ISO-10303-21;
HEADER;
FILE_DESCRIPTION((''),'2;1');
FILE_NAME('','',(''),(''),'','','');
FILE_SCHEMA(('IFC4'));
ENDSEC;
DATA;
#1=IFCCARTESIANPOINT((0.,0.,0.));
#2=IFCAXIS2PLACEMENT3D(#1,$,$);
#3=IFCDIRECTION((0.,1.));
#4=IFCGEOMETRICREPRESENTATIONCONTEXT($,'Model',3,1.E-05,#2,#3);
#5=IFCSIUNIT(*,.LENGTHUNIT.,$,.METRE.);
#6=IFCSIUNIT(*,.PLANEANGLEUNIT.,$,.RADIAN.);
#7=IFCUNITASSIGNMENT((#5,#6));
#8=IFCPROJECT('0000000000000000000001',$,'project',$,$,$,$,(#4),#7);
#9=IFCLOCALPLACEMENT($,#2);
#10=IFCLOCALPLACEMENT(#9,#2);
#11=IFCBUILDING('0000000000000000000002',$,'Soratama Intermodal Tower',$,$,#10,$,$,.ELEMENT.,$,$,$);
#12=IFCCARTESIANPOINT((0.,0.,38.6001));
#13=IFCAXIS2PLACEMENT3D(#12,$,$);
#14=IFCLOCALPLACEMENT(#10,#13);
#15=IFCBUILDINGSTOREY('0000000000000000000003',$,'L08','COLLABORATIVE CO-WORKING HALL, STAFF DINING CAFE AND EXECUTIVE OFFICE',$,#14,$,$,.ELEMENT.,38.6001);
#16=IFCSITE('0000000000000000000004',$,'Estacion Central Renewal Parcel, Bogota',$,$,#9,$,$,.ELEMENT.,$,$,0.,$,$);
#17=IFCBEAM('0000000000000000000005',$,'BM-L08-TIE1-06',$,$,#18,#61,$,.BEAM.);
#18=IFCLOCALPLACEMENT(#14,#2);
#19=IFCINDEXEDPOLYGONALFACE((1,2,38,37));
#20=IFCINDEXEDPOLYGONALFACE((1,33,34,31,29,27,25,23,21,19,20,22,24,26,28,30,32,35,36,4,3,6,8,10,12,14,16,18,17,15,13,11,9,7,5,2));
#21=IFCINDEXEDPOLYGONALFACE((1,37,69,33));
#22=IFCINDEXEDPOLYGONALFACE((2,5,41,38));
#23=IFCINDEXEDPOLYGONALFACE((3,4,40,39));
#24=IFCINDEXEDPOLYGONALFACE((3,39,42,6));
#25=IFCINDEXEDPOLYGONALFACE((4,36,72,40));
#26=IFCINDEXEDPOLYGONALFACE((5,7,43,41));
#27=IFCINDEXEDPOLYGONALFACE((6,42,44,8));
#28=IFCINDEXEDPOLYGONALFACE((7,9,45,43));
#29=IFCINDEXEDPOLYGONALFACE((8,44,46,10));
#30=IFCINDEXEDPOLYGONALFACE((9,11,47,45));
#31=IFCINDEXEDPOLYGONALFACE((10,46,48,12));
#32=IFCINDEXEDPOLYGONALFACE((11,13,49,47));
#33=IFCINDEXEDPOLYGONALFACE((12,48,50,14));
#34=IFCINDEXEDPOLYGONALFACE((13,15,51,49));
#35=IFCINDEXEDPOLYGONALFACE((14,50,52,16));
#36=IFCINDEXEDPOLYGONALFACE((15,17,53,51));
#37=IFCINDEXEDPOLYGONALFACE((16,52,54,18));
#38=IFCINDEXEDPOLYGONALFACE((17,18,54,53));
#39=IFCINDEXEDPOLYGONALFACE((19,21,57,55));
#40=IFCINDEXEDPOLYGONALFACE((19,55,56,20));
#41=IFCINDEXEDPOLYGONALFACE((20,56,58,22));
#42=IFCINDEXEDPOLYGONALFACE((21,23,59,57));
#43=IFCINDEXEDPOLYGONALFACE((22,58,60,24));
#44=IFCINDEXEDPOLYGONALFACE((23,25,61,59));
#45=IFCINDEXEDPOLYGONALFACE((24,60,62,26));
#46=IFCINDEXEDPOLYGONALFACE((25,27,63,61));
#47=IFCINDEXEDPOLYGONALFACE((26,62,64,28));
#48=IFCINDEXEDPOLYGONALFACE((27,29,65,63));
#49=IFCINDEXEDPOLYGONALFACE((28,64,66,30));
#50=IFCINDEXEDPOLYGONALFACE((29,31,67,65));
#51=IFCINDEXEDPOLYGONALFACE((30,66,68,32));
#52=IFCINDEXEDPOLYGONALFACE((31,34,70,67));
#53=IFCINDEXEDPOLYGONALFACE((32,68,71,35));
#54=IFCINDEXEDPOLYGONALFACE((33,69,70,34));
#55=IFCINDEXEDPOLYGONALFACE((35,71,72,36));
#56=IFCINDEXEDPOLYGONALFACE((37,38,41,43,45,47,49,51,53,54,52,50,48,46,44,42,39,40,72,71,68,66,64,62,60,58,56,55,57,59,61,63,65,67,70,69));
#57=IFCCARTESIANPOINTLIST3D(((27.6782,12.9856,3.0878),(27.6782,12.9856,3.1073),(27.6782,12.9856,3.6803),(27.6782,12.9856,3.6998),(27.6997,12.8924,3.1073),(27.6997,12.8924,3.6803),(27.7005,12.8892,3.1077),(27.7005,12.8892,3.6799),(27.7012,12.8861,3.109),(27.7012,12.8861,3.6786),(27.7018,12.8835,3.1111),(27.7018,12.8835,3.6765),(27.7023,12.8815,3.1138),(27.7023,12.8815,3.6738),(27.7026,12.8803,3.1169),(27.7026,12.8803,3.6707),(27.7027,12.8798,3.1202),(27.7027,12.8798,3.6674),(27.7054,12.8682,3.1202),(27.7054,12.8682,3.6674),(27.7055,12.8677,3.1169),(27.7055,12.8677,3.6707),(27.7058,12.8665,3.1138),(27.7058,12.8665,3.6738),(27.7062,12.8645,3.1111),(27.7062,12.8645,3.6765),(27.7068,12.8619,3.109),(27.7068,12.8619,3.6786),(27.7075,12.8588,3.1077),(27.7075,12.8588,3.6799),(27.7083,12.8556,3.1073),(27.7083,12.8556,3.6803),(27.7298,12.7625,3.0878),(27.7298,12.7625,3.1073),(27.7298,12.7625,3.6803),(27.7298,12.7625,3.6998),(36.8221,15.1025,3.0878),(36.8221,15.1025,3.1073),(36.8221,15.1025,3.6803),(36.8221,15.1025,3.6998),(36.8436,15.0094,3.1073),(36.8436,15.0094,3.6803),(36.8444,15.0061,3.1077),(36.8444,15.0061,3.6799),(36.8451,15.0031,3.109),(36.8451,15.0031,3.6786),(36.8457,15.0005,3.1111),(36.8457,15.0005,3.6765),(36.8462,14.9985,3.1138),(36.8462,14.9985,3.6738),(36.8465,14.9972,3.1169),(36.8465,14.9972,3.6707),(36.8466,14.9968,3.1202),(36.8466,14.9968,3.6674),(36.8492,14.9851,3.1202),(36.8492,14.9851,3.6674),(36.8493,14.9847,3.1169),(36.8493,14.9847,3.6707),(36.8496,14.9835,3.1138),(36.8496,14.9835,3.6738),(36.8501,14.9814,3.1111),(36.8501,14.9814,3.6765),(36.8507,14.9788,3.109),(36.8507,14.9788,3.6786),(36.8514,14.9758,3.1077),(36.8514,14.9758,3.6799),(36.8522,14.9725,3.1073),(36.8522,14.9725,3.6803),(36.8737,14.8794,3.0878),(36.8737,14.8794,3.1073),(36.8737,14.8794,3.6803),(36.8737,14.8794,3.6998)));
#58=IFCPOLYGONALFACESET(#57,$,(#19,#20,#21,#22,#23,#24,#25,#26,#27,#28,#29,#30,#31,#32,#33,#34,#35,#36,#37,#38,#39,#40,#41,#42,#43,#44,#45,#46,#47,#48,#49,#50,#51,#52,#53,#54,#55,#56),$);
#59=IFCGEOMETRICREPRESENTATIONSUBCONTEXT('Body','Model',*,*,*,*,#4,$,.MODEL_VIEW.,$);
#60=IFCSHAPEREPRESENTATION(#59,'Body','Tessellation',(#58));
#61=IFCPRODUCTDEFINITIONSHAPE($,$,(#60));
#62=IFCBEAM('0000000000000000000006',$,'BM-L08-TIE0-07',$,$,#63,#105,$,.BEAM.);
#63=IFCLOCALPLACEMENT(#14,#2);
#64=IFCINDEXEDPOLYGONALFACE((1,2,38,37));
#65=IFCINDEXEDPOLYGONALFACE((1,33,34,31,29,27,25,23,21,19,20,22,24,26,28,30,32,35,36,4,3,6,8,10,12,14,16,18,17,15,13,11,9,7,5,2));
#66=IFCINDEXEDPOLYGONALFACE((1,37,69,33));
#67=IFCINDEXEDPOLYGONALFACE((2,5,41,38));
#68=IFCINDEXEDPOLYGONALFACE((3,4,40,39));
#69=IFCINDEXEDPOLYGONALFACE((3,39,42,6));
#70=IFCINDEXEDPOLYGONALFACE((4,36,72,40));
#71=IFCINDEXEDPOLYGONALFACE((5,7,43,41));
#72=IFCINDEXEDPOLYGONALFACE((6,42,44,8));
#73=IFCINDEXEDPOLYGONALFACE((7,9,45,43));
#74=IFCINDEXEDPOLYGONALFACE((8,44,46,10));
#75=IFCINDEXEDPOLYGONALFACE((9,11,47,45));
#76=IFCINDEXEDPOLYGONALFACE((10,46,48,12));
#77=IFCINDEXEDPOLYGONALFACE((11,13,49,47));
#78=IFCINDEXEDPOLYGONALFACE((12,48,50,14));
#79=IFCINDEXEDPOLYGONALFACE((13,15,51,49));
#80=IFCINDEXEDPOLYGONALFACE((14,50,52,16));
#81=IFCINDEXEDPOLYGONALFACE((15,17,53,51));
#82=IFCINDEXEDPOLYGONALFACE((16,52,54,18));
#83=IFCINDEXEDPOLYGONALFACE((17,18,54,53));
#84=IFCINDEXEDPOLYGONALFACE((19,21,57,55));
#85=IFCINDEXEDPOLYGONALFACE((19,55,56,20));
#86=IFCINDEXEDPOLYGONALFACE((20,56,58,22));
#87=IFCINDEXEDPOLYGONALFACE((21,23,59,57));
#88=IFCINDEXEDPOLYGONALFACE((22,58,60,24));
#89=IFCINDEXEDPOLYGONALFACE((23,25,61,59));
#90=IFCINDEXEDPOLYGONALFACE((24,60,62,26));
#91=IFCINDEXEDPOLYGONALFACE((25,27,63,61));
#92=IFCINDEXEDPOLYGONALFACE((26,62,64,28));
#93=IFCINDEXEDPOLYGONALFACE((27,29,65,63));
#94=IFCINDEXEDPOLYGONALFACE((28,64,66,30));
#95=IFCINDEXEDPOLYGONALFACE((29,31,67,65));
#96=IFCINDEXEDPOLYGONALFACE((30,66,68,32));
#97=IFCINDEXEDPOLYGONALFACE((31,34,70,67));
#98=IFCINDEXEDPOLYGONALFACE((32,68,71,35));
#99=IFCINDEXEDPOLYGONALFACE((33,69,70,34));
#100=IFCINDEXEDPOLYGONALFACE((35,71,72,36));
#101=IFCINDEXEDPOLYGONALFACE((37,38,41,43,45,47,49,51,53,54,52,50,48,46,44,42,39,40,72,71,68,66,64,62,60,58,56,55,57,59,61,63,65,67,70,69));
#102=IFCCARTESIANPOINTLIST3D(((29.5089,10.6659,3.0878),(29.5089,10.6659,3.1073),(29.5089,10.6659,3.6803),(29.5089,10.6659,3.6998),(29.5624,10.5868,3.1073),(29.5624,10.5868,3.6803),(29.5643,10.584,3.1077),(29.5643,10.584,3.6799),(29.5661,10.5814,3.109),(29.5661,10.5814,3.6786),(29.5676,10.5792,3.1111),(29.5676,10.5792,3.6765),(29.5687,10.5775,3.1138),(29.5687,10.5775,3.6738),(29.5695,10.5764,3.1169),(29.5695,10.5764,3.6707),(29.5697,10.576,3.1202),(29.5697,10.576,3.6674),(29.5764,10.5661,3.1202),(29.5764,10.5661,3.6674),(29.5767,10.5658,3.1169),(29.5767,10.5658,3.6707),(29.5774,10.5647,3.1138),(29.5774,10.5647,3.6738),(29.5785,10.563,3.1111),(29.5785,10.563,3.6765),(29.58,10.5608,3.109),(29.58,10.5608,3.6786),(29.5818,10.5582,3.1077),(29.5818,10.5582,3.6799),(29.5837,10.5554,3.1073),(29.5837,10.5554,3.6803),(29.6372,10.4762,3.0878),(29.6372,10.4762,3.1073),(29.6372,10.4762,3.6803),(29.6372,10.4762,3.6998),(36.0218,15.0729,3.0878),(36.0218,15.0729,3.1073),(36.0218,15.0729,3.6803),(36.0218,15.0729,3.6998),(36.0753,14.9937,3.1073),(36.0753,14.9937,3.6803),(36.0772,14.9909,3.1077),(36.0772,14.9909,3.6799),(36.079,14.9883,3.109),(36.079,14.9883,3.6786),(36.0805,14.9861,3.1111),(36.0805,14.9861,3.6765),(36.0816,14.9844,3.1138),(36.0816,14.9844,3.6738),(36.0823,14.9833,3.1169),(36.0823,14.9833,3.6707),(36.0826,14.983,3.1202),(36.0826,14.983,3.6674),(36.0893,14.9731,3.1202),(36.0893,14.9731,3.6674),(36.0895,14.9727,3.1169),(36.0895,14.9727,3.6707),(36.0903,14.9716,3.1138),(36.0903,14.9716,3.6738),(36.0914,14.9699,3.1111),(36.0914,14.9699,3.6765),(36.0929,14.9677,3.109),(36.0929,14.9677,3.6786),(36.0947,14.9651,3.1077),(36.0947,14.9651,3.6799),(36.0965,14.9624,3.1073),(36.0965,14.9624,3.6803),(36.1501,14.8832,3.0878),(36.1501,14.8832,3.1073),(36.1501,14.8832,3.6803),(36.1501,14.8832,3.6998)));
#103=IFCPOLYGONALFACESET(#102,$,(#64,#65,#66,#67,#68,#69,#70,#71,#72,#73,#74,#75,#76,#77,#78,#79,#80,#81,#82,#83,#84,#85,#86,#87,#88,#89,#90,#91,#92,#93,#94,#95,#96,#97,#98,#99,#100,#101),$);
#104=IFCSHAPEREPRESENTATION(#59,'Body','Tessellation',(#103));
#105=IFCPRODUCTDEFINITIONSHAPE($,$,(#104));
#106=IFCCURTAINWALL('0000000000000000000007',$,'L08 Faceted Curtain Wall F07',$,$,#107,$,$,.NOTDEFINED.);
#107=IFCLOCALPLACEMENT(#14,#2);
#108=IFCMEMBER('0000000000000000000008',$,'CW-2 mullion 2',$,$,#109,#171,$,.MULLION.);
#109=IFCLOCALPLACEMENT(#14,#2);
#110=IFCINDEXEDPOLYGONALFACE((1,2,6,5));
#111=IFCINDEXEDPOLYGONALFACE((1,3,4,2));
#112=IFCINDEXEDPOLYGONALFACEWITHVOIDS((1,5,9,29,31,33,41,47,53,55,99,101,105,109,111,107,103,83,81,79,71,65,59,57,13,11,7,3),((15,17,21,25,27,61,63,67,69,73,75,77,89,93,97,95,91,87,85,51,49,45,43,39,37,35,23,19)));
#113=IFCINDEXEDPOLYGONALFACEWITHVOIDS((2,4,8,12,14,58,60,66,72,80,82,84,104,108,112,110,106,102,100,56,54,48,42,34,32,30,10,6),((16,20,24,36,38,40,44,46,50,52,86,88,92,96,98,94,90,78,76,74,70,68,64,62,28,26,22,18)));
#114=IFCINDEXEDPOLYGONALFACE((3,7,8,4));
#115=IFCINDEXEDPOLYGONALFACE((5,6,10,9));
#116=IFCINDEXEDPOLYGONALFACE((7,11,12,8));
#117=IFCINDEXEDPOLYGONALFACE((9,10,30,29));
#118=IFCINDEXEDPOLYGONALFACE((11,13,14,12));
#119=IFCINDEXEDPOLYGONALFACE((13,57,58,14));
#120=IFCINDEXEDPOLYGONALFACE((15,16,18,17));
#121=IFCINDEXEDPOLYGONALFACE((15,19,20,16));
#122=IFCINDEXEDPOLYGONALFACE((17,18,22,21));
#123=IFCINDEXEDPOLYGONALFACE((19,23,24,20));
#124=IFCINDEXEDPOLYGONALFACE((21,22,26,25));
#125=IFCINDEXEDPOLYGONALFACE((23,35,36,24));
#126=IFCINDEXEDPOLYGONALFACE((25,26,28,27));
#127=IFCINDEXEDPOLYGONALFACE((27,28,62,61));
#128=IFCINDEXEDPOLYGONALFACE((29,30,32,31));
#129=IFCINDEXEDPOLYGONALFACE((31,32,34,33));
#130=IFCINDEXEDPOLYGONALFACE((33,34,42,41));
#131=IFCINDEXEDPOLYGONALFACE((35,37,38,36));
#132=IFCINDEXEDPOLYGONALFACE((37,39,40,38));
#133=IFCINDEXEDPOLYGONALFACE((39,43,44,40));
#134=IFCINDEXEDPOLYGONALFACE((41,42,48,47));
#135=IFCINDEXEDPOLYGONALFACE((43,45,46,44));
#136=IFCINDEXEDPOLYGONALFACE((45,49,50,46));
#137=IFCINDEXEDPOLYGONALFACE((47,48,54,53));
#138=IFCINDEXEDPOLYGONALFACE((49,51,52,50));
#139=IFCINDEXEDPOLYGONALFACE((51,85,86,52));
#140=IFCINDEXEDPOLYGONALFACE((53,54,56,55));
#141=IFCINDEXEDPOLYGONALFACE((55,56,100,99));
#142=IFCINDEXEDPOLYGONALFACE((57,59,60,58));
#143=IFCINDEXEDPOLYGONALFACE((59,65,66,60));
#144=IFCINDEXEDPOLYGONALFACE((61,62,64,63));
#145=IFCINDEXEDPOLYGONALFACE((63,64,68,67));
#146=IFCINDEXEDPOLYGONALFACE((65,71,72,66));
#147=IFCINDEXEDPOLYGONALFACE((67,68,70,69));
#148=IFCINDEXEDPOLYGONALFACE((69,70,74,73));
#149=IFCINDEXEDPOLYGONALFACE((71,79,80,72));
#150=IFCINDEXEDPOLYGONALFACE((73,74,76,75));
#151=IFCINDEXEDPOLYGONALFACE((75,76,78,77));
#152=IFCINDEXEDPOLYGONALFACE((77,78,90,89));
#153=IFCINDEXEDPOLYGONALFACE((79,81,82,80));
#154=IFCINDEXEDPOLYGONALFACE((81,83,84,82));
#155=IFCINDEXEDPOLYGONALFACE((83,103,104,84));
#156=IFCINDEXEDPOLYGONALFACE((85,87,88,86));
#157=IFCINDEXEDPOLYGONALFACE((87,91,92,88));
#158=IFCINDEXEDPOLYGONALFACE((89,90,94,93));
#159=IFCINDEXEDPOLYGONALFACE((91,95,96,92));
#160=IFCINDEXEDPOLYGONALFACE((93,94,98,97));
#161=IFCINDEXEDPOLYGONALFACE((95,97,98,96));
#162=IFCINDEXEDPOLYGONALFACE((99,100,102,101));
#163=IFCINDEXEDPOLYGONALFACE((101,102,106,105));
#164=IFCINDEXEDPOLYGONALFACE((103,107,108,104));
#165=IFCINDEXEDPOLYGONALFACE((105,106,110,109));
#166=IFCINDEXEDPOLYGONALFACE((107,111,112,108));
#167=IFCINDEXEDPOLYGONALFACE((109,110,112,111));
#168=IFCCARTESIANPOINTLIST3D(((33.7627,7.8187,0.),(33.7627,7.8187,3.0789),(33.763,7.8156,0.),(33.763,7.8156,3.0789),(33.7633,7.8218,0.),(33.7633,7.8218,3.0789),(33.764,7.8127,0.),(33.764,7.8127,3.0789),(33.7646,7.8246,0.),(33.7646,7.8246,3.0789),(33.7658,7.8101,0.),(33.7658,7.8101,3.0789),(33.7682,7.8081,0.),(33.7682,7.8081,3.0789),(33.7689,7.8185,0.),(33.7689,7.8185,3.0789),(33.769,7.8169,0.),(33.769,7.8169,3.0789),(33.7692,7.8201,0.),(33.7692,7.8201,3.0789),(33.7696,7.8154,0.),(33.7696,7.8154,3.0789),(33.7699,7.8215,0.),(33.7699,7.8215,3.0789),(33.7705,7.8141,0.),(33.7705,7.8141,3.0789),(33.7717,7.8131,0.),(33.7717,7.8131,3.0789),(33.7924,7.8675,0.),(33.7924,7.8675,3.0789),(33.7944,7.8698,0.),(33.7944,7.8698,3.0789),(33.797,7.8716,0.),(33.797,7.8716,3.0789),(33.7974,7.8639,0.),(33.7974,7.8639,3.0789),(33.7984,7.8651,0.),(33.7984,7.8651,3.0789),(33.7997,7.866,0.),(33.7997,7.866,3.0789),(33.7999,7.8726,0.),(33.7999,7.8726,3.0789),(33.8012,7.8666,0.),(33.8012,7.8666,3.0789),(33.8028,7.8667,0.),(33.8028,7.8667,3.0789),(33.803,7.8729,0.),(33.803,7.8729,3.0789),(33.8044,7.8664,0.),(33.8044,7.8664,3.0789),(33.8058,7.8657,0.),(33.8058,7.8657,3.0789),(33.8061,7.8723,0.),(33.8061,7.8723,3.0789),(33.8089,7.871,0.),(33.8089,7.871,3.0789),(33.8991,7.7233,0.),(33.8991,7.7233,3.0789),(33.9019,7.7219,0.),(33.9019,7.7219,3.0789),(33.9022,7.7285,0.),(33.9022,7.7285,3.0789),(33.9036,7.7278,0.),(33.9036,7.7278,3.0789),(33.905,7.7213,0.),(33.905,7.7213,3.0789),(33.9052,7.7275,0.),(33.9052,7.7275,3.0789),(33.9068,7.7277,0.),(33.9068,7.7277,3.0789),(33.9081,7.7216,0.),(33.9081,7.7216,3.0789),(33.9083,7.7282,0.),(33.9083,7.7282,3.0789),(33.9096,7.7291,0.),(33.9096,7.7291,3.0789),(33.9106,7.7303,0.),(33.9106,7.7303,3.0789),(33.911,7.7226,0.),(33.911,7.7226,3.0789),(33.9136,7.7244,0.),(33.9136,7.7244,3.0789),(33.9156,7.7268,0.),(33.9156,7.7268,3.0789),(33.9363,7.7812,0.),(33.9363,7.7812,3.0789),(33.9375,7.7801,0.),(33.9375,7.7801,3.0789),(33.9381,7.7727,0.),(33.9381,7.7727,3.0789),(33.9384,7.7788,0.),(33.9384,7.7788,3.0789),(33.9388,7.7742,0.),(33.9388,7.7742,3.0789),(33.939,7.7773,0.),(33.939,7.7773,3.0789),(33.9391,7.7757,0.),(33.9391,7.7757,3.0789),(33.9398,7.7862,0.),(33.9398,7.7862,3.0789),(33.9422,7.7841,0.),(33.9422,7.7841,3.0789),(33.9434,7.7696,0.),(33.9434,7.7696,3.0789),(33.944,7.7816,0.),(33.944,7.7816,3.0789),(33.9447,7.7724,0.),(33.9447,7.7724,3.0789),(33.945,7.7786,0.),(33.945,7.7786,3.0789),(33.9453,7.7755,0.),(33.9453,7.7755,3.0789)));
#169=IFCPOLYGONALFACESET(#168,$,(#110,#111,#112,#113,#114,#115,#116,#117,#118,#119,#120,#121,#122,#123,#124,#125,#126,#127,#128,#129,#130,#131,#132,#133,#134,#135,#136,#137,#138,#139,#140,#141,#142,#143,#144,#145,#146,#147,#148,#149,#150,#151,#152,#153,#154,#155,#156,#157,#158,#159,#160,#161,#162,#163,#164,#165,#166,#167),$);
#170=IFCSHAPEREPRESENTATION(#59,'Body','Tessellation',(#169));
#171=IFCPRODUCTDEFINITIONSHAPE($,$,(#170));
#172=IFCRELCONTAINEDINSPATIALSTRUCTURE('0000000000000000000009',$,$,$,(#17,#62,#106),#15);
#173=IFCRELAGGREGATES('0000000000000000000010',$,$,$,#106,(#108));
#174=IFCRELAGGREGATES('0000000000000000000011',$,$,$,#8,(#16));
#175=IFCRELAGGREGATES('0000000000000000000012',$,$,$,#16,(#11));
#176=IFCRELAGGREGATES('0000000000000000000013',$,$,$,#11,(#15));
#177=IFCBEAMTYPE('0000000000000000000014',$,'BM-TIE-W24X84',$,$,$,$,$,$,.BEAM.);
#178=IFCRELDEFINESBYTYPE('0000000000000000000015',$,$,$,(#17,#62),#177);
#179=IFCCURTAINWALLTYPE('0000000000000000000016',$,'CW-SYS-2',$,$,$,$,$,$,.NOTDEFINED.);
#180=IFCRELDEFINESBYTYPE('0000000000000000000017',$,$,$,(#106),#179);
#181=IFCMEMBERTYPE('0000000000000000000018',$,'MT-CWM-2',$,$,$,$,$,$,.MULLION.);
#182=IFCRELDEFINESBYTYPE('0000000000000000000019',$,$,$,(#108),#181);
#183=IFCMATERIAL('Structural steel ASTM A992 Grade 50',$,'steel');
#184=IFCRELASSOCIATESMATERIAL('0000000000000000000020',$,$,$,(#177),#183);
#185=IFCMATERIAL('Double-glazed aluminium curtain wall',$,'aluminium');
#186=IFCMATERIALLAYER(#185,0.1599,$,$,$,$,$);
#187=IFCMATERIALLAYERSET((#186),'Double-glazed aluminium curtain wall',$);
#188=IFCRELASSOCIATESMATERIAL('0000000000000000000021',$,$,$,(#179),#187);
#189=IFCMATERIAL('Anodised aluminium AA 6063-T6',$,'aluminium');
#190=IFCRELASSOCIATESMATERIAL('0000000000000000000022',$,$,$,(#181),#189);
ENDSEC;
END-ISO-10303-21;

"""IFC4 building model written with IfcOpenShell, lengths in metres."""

from ifc_helpers import new_model, si_unit, direction, frame, origin, origin_2d, place, context, subcontext, project, spatial, hollow_rectangle, i_section, extrude, material, layer, layer_set, material_profile, profile_set, type_object, element, aggregate, save


model = new_model("IFC4")

# Units and contexts
model_context = context("Model", 3, precision=1e-05, world=origin(), true_north=direction((0.0, 1.0)))
body_context = subcontext(model_context, "Body", "Model", "MODEL_VIEW")
ifc_project = project(units=[si_unit("LENGTHUNIT", "METRE"), si_unit("PLANEANGLEUNIT", "RADIAN")], contexts=[model_context])

# Site, building, storey
site_placement = place(None, origin())
site = spatial("IfcSite", under=ifc_project, at=site_placement, Name="Estacion Central Renewal Parcel, Bogota", CompositionType="ELEMENT", RefElevation=0.0)
building_placement = place(site_placement, origin())
building = spatial("IfcBuilding", under=site, at=building_placement, Name="Soratama Intermodal Tower", CompositionType="ELEMENT")
storey_placement = place(building_placement, frame((0.0, 0.0, 38.6001)))
storey = spatial("IfcBuildingStorey", under=building, at=storey_placement, Name="L08", Description="COLLABORATIVE CO-WORKING HALL, STAFF DINING CAFE AND EXECUTIVE OFFICE", CompositionType="ELEMENT", Elevation=38.6001)

# Beams
ifc_material_1 = material(Name="Structural steel ASTM A992 Grade 50", Category="steel")
ifc_material_profile_1 = material_profile(ifc_material_1, i_section(OverallWidth=0.229, OverallDepth=0.6121, WebThickness=0.012, FlangeThickness=0.0195, FilletRadius=0.0129, at=origin_2d()), Name="W24X84")
ifc_profile_set_1 = profile_set([ifc_material_profile_1], Name="Structural steel ASTM A992 Grade 50")
beam_type_1 = type_object("IfcBeamType", Name="BM-TIE-W24X84", PredefinedType="BEAM", material=ifc_profile_set_1)
beam_1_placement = place(storey_placement, frame((36.8479, 14.991, 3.3938), z_axis=(-0.974231, -0.225551, 0.0), x_axis=(0.225551, -0.974231, 0.0)))
element("IfcBeam", 1, at=beam_1_placement, inside=storey, type_object=beam_type_1, Name="BM-L08-TIE1-06", PredefinedType="BEAM", context=body_context, shape_type="SweptSolid", body=[
    extrude(i_section(OverallWidth=0.229, OverallDepth=0.6121, WebThickness=0.012, FlangeThickness=0.0195, FilletRadius=0.0129, at=origin_2d()), origin(), (0.0, 0.0, 1.0), 9.3857),
])
beam_2_placement = place(storey_placement, frame((36.0859, 14.978, 3.3938), z_axis=(-0.828214, -0.560411, 0.0), x_axis=(0.560411, -0.828214, 0.0)))
element("IfcBeam", 2, at=beam_2_placement, inside=storey, type_object=beam_type_1, Name="BM-L08-TIE0-07", PredefinedType="BEAM", context=body_context, shape_type="SweptSolid", body=[
    extrude(i_section(OverallWidth=0.229, OverallDepth=0.6121, WebThickness=0.012, FlangeThickness=0.0195, FilletRadius=0.0129, at=origin_2d()), origin(), (0.0, 0.0, 1.0), 7.8638),
])

# Curtain wall, member
ifc_material_2 = material(Name="Double-glazed aluminium curtain wall", Category="aluminium")
ifc_layer_1 = layer(ifc_material_2, 0.1599)
ifc_layer_set_1 = layer_set([ifc_layer_1], Name="Double-glazed aluminium curtain wall")
curtain_wall_type = type_object("IfcCurtainWallType", Name="CW-SYS-2", PredefinedType="NOTDEFINED", material=ifc_layer_set_1)
curtain_wall_placement = place(storey_placement, origin())
curtain_wall = element("IfcCurtainWall", 3, at=curtain_wall_placement, inside=storey, type_object=curtain_wall_type, Name="L08 Faceted Curtain Wall F07", PredefinedType="NOTDEFINED")
ifc_material_3 = material(Name="Anodised aluminium AA 6063-T6", Category="aluminium")
ifc_material_profile_2 = material_profile(ifc_material_3, hollow_rectangle(XDim=0.075, YDim=0.1799, WallThickness=0.0061, InnerFilletRadius=0.0061, OuterFilletRadius=0.012, at=origin_2d()), Name="CWM180X75X6")
ifc_profile_set_2 = profile_set([ifc_material_profile_2], Name="Anodised aluminium AA 6063-T6")
member_type_1 = type_object("IfcMemberType", Name="MT-CWM-2", PredefinedType="MULLION", material=ifc_profile_set_2)
member_1_placement = place(storey_placement, frame((33.854, 7.7971, 0.0), z_axis=(0.0, 0.0, 1.0), x_axis=(0.543763, 0.839239, 0.0)))
member_1 = element("IfcMember", 4, at=member_1_placement, type_object=member_type_1, Name="CW-2 mullion 2", PredefinedType="MULLION", context=body_context, shape_type="SweptSolid", body=[
    extrude(hollow_rectangle(XDim=0.075, YDim=0.1799, WallThickness=0.0061, InnerFilletRadius=0.0061, OuterFilletRadius=0.012, at=origin_2d()), origin(), (0.0, 0.0, 1.0), 3.0789),
])
aggregate(curtain_wall, [member_1])

save(model, "model.ifc")
